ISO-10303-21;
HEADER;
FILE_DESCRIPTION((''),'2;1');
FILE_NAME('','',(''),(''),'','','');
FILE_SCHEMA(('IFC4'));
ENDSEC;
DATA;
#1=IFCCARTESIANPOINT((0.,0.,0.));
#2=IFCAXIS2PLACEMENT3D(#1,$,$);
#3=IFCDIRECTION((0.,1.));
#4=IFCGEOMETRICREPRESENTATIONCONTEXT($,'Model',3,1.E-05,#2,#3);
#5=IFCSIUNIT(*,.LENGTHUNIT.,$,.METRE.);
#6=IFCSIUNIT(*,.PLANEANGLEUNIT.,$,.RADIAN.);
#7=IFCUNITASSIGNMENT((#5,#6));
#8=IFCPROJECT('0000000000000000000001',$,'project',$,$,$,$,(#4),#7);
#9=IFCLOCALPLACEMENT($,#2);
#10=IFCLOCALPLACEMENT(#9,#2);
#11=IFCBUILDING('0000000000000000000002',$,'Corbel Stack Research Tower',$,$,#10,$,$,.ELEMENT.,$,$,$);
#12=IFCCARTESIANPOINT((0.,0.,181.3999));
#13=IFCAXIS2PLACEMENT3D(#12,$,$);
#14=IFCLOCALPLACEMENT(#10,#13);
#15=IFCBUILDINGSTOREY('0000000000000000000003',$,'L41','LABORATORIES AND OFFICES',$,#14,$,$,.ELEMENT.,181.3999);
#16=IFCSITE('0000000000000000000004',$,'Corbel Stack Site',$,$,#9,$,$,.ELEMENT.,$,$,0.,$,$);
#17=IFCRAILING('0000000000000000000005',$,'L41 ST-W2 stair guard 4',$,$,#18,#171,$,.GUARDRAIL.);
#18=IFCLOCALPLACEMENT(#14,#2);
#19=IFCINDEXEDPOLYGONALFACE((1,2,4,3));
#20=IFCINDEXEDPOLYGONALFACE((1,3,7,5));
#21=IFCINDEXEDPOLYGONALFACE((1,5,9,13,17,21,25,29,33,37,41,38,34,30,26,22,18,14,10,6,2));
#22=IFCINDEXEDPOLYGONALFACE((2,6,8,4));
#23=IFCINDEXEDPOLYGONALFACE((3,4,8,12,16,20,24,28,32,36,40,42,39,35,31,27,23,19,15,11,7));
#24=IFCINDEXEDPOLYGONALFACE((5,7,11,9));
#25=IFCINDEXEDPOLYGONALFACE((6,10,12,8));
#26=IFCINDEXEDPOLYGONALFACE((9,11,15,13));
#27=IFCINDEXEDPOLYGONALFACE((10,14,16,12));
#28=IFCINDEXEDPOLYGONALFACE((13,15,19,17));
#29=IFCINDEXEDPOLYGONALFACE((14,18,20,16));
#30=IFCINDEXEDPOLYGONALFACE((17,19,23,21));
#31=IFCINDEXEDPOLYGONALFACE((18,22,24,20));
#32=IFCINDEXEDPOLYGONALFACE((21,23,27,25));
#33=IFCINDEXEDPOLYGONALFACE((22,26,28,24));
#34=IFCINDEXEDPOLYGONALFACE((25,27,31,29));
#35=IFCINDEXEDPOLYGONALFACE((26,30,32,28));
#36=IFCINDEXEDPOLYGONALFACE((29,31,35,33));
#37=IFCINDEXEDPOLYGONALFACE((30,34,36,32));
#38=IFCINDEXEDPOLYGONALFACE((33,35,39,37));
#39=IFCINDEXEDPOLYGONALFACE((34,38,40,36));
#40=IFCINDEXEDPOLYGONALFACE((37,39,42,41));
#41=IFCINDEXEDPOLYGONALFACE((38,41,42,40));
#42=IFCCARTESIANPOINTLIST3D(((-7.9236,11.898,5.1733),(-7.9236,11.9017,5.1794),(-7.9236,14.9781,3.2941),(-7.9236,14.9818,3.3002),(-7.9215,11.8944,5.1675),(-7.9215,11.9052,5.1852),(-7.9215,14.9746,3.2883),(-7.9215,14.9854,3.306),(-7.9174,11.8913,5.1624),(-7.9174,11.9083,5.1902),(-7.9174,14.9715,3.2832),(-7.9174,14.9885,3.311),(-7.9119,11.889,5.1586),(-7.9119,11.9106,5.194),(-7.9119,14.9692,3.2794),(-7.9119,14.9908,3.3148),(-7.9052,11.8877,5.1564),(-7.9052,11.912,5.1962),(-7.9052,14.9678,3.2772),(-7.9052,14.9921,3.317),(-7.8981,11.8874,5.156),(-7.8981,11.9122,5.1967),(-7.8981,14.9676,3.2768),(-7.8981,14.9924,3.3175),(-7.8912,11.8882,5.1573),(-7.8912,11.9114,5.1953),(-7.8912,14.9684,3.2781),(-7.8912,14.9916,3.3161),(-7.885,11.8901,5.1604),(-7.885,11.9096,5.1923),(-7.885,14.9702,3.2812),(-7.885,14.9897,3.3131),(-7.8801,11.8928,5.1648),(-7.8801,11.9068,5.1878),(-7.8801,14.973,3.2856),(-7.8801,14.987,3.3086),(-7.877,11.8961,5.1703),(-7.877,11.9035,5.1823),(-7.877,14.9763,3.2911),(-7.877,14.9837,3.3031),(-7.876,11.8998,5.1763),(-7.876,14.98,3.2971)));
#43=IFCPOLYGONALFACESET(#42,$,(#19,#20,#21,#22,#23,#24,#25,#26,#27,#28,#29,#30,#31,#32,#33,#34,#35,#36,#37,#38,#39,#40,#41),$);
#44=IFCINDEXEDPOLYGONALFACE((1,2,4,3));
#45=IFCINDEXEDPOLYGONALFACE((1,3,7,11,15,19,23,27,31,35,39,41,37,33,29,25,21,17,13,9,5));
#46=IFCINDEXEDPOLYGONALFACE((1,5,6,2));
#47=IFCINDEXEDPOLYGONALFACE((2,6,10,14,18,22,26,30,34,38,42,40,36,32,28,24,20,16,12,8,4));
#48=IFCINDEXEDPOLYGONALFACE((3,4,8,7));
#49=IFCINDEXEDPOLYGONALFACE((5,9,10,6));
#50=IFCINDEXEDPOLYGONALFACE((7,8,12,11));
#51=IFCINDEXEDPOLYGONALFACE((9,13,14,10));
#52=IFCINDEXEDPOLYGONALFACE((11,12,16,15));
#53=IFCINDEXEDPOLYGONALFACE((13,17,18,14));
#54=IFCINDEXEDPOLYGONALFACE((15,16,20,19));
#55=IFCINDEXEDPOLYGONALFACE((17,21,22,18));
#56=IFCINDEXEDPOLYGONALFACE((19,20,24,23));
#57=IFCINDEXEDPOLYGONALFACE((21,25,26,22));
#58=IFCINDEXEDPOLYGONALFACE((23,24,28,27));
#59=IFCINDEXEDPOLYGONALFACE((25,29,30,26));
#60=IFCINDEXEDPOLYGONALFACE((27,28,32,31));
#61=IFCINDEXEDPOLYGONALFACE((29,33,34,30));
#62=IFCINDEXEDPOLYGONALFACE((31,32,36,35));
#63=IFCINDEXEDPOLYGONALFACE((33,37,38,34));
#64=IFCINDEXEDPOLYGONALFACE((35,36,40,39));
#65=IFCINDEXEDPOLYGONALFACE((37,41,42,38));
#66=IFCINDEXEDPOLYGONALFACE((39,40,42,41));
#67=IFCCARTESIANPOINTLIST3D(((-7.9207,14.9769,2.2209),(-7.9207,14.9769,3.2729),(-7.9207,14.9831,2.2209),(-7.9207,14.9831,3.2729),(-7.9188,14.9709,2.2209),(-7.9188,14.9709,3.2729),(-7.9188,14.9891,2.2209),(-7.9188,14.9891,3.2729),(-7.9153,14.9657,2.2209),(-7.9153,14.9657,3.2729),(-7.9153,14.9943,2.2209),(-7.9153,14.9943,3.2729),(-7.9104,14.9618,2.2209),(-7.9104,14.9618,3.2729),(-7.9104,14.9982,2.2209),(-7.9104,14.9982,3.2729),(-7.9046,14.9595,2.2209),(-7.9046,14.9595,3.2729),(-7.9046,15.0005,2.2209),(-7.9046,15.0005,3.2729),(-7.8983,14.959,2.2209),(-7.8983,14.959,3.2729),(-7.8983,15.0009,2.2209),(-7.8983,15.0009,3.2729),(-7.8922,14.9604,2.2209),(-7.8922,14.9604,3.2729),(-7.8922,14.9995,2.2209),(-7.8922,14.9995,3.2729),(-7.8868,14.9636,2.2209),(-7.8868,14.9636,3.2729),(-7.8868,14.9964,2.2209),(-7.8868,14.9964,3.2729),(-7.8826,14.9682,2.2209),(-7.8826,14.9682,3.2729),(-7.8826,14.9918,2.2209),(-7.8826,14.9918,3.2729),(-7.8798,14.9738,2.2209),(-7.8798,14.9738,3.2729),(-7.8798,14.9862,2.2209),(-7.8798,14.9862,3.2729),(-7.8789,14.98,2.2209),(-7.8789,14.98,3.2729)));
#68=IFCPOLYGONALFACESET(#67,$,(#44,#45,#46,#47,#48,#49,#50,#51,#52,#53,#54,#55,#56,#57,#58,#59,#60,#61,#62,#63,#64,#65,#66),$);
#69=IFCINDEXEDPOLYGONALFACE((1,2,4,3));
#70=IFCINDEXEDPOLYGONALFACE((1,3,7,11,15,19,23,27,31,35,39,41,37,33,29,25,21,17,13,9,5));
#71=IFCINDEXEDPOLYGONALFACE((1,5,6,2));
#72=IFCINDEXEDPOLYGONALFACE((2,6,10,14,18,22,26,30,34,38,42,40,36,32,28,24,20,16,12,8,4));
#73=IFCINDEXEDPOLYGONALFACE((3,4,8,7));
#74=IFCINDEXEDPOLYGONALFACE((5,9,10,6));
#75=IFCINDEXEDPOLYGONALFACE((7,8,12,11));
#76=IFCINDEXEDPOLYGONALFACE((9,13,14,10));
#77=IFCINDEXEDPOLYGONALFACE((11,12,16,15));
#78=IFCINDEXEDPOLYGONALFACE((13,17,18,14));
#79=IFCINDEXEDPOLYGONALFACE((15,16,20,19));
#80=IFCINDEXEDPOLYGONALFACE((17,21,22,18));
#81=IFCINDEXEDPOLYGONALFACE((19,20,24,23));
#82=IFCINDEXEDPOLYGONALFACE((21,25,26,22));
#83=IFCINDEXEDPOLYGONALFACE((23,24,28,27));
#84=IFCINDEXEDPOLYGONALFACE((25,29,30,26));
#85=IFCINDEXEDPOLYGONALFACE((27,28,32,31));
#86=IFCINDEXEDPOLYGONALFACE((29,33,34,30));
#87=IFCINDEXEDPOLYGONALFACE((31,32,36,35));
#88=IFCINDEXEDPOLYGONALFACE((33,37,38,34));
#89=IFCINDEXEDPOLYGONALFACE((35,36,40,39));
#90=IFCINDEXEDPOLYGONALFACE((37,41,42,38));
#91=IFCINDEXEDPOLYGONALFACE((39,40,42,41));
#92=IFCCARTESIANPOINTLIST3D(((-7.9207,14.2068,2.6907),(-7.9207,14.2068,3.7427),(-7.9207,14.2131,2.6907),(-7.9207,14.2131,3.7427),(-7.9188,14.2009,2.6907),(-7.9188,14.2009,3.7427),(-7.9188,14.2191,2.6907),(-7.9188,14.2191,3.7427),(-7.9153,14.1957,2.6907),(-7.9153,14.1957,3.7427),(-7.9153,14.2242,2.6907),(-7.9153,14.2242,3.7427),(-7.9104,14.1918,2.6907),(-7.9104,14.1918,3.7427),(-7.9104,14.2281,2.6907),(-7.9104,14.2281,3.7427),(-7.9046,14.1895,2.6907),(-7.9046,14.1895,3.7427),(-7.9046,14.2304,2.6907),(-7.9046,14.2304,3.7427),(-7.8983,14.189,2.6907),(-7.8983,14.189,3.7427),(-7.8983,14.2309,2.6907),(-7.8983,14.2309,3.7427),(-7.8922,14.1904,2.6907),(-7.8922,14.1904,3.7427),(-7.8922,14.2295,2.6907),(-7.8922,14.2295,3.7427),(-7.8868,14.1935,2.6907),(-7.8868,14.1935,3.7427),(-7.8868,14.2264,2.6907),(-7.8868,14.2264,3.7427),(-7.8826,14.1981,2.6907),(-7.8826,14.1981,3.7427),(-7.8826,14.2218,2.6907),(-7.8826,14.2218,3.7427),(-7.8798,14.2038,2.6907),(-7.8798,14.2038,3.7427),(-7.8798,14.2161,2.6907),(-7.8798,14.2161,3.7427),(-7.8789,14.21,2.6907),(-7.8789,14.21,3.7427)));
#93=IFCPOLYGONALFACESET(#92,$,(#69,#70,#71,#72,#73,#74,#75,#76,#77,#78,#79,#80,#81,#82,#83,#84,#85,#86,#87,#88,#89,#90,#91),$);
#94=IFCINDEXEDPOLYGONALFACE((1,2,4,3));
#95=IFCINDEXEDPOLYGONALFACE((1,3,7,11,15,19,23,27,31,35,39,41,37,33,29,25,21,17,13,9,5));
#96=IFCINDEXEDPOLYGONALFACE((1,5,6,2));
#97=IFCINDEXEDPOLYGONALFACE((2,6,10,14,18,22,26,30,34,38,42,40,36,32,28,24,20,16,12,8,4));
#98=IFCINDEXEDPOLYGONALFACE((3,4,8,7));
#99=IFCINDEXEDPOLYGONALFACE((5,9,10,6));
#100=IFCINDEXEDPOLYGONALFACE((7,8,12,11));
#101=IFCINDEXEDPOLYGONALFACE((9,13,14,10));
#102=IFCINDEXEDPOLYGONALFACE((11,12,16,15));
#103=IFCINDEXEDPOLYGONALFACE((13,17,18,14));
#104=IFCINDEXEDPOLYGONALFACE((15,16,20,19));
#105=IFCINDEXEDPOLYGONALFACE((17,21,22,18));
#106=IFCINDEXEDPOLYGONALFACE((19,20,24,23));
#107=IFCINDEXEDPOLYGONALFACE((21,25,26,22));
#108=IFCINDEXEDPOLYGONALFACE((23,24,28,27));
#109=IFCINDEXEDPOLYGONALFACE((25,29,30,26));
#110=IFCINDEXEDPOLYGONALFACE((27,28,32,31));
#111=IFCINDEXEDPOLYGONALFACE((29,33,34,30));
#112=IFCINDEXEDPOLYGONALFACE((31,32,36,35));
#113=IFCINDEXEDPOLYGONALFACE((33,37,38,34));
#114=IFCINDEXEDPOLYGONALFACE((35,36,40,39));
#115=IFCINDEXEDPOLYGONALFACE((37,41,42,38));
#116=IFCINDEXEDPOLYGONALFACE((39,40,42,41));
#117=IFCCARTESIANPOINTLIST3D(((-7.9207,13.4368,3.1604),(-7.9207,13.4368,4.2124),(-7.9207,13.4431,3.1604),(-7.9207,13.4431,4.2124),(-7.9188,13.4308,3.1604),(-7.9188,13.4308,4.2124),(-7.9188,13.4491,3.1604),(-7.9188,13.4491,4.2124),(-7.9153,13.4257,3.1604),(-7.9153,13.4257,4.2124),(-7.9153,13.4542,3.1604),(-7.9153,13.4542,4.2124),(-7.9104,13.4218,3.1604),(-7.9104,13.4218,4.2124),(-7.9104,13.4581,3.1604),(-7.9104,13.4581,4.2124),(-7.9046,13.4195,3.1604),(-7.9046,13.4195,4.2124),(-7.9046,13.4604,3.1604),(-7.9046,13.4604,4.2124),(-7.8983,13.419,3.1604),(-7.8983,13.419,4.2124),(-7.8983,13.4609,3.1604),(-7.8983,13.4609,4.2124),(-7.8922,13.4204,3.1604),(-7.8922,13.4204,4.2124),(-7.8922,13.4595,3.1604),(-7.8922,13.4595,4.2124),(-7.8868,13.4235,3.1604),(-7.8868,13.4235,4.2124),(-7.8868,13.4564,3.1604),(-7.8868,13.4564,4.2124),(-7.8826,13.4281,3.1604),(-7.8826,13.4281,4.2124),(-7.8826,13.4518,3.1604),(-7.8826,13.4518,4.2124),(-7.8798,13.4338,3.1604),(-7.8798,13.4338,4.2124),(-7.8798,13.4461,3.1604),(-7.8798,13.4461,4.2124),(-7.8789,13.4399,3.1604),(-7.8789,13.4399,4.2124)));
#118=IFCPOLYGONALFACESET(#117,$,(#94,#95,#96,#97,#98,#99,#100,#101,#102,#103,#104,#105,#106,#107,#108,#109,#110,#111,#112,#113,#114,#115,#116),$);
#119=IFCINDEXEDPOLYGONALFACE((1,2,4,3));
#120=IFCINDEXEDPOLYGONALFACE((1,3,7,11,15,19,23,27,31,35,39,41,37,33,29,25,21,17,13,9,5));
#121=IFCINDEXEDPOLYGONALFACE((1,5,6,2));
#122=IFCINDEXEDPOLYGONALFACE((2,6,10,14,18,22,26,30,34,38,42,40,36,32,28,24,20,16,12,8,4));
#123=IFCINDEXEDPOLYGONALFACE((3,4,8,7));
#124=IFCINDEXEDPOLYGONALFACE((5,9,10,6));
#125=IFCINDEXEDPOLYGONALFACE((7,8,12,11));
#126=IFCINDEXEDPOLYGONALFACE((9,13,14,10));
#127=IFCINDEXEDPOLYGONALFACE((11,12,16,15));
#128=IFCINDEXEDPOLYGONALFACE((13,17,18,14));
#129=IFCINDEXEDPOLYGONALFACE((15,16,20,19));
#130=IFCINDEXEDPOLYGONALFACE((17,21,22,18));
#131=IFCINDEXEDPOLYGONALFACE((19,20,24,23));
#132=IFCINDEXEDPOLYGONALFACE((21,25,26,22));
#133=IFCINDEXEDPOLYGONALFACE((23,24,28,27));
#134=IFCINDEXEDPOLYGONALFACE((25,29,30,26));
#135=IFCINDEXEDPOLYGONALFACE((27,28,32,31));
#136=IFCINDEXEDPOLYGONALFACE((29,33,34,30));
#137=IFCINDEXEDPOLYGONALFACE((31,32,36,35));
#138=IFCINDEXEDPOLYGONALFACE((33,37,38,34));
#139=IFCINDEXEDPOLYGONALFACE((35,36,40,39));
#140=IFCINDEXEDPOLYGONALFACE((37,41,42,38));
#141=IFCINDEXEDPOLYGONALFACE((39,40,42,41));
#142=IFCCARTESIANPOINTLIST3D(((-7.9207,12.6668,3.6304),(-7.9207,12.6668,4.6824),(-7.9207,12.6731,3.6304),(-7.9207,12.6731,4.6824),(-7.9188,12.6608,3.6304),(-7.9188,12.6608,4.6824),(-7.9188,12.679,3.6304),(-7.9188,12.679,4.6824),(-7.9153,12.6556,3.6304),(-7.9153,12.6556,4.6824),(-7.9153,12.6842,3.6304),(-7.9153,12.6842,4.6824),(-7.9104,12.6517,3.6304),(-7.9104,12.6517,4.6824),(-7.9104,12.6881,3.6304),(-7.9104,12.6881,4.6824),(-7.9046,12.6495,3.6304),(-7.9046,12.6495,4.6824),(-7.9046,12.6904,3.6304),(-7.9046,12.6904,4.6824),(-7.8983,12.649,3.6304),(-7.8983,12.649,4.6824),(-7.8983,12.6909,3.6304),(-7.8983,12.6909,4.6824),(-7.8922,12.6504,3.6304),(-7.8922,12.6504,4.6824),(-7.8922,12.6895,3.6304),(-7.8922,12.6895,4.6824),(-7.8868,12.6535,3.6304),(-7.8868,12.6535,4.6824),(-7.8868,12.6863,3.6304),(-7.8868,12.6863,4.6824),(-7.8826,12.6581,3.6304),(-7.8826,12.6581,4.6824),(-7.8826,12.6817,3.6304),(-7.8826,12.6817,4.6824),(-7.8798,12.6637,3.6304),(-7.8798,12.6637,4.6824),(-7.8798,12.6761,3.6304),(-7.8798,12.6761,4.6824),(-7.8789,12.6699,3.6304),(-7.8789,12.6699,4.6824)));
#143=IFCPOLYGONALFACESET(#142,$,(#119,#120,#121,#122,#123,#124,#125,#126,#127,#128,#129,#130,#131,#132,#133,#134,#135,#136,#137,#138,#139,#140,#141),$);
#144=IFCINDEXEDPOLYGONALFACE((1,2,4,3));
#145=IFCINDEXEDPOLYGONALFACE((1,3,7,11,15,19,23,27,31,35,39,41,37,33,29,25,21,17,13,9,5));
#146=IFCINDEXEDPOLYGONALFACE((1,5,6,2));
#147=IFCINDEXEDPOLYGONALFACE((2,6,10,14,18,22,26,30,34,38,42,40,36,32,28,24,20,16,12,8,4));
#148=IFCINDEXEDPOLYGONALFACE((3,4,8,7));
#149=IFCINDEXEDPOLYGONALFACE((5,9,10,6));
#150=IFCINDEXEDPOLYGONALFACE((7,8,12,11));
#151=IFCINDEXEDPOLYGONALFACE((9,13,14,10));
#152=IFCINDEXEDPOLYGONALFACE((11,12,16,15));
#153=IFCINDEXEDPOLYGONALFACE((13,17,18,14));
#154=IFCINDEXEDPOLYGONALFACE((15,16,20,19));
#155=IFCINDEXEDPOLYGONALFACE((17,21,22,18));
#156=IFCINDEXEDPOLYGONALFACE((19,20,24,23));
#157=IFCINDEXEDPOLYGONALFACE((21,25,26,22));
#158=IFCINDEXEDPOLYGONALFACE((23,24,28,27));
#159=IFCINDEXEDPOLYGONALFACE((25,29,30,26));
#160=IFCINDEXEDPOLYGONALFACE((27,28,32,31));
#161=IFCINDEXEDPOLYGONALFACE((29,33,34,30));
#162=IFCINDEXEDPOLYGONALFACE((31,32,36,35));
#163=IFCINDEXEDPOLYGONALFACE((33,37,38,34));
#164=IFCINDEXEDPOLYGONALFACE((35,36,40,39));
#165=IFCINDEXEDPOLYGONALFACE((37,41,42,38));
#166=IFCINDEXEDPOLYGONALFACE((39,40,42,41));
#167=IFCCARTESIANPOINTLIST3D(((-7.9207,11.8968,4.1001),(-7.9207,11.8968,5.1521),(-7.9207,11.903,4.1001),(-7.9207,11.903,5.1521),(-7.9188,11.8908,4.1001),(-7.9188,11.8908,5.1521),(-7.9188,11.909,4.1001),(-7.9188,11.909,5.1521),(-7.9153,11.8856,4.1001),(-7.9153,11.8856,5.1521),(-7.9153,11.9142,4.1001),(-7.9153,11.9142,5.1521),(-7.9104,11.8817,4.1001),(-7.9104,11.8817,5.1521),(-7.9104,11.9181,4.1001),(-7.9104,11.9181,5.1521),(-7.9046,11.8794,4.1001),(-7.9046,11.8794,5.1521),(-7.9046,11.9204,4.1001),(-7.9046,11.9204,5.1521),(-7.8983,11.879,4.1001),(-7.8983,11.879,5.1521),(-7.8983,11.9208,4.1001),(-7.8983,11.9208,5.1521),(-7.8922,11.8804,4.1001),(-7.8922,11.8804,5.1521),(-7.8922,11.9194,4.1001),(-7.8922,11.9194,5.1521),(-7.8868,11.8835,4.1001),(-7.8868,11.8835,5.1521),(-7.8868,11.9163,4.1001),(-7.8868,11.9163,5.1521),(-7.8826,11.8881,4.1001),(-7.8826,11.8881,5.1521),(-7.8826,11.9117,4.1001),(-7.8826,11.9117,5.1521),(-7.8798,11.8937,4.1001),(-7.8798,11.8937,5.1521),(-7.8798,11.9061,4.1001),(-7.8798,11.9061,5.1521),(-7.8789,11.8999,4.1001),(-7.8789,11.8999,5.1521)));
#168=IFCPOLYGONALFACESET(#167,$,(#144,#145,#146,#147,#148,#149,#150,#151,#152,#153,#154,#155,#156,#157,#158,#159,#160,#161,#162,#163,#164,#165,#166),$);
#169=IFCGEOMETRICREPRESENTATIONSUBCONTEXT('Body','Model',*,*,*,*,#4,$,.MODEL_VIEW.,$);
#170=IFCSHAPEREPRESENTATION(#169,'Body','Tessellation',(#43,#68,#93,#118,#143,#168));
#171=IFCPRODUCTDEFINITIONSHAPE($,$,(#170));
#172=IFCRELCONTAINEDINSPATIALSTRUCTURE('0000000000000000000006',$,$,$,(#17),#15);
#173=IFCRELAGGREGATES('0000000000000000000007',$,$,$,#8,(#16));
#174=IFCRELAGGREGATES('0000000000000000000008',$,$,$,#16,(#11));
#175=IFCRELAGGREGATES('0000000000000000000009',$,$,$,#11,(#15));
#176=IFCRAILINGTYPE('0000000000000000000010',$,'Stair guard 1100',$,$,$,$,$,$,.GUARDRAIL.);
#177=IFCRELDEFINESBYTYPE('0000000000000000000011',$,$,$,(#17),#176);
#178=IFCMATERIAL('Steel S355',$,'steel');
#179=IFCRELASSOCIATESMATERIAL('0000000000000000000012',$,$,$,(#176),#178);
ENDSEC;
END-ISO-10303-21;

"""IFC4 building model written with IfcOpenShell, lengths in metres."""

from ifc_helpers import new_model, si_unit, direction, frame, origin, origin_2d, place, context, subcontext, project, spatial, circle, extrude, material, type_object, element, save


model = new_model("IFC4")

# Units and contexts
model_context = context("Model", 3, precision=1e-05, world=origin(), true_north=direction((0.0, 1.0)))
body_context = subcontext(model_context, "Body", "Model", "MODEL_VIEW")
ifc_project = project(units=[si_unit("LENGTHUNIT", "METRE"), si_unit("PLANEANGLEUNIT", "RADIAN")], contexts=[model_context])

# Site, building, storey
site_placement = place(None, origin())
site = spatial("IfcSite", under=ifc_project, at=site_placement, Name="Corbel Stack Site", CompositionType="ELEMENT", RefElevation=0.0)
building_placement = place(site_placement, origin())
building = spatial("IfcBuilding", under=site, at=building_placement, Name="Corbel Stack Research Tower", CompositionType="ELEMENT")
storey_placement = place(building_placement, frame((0.0, 0.0, 181.3999)))
storey = spatial("IfcBuildingStorey", under=building, at=storey_placement, Name="L41", Description="LABORATORIES AND OFFICES", CompositionType="ELEMENT", Elevation=181.3999)

# Railing
ifc_material_1 = material(Name="Steel S355", Category="steel")
railing_type = type_object("IfcRailingType", Name="Stair guard 1100", PredefinedType="GUARDRAIL", material=ifc_material_1)
railing_1_placement = place(storey_placement, frame((-7.8999, 14.98, 2.2209)))
element("IfcRailing", 1, at=railing_1_placement, inside=storey, type_object=railing_type, Name="L41 ST-W2 stair guard 4", PredefinedType="GUARDRAIL", context=body_context, shape_type="SweptSolid", body=[
    extrude(circle(Radius=0.0239, at=origin_2d()), frame((0.0, 0.0, 1.0762), z_axis=(0.0, -0.853666, 0.52082), x_axis=(1.0, 0.0, 0.0)), (0.0, 0.0, 1.0), 3.6082),
    extrude(circle(Radius=0.021, at=origin_2d()), origin(), (0.0, 0.0, 1.0), 1.052),
    extrude(circle(Radius=0.021, at=origin_2d()), frame((0.0, -0.77, 0.4697)), (0.0, 0.0, 1.0), 1.052),
    extrude(circle(Radius=0.021, at=origin_2d()), frame((0.0, -1.54, 0.9395)), (0.0, 0.0, 1.0), 1.052),
    extrude(circle(Radius=0.021, at=origin_2d()), frame((0.0, -2.3101, 1.4094)), (0.0, 0.0, 1.0), 1.052),
    extrude(circle(Radius=0.021, at=origin_2d()), frame((0.0, -3.0801, 1.8792)), (0.0, 0.0, 1.0), 1.052),
])

save(model, "model.ifc")
